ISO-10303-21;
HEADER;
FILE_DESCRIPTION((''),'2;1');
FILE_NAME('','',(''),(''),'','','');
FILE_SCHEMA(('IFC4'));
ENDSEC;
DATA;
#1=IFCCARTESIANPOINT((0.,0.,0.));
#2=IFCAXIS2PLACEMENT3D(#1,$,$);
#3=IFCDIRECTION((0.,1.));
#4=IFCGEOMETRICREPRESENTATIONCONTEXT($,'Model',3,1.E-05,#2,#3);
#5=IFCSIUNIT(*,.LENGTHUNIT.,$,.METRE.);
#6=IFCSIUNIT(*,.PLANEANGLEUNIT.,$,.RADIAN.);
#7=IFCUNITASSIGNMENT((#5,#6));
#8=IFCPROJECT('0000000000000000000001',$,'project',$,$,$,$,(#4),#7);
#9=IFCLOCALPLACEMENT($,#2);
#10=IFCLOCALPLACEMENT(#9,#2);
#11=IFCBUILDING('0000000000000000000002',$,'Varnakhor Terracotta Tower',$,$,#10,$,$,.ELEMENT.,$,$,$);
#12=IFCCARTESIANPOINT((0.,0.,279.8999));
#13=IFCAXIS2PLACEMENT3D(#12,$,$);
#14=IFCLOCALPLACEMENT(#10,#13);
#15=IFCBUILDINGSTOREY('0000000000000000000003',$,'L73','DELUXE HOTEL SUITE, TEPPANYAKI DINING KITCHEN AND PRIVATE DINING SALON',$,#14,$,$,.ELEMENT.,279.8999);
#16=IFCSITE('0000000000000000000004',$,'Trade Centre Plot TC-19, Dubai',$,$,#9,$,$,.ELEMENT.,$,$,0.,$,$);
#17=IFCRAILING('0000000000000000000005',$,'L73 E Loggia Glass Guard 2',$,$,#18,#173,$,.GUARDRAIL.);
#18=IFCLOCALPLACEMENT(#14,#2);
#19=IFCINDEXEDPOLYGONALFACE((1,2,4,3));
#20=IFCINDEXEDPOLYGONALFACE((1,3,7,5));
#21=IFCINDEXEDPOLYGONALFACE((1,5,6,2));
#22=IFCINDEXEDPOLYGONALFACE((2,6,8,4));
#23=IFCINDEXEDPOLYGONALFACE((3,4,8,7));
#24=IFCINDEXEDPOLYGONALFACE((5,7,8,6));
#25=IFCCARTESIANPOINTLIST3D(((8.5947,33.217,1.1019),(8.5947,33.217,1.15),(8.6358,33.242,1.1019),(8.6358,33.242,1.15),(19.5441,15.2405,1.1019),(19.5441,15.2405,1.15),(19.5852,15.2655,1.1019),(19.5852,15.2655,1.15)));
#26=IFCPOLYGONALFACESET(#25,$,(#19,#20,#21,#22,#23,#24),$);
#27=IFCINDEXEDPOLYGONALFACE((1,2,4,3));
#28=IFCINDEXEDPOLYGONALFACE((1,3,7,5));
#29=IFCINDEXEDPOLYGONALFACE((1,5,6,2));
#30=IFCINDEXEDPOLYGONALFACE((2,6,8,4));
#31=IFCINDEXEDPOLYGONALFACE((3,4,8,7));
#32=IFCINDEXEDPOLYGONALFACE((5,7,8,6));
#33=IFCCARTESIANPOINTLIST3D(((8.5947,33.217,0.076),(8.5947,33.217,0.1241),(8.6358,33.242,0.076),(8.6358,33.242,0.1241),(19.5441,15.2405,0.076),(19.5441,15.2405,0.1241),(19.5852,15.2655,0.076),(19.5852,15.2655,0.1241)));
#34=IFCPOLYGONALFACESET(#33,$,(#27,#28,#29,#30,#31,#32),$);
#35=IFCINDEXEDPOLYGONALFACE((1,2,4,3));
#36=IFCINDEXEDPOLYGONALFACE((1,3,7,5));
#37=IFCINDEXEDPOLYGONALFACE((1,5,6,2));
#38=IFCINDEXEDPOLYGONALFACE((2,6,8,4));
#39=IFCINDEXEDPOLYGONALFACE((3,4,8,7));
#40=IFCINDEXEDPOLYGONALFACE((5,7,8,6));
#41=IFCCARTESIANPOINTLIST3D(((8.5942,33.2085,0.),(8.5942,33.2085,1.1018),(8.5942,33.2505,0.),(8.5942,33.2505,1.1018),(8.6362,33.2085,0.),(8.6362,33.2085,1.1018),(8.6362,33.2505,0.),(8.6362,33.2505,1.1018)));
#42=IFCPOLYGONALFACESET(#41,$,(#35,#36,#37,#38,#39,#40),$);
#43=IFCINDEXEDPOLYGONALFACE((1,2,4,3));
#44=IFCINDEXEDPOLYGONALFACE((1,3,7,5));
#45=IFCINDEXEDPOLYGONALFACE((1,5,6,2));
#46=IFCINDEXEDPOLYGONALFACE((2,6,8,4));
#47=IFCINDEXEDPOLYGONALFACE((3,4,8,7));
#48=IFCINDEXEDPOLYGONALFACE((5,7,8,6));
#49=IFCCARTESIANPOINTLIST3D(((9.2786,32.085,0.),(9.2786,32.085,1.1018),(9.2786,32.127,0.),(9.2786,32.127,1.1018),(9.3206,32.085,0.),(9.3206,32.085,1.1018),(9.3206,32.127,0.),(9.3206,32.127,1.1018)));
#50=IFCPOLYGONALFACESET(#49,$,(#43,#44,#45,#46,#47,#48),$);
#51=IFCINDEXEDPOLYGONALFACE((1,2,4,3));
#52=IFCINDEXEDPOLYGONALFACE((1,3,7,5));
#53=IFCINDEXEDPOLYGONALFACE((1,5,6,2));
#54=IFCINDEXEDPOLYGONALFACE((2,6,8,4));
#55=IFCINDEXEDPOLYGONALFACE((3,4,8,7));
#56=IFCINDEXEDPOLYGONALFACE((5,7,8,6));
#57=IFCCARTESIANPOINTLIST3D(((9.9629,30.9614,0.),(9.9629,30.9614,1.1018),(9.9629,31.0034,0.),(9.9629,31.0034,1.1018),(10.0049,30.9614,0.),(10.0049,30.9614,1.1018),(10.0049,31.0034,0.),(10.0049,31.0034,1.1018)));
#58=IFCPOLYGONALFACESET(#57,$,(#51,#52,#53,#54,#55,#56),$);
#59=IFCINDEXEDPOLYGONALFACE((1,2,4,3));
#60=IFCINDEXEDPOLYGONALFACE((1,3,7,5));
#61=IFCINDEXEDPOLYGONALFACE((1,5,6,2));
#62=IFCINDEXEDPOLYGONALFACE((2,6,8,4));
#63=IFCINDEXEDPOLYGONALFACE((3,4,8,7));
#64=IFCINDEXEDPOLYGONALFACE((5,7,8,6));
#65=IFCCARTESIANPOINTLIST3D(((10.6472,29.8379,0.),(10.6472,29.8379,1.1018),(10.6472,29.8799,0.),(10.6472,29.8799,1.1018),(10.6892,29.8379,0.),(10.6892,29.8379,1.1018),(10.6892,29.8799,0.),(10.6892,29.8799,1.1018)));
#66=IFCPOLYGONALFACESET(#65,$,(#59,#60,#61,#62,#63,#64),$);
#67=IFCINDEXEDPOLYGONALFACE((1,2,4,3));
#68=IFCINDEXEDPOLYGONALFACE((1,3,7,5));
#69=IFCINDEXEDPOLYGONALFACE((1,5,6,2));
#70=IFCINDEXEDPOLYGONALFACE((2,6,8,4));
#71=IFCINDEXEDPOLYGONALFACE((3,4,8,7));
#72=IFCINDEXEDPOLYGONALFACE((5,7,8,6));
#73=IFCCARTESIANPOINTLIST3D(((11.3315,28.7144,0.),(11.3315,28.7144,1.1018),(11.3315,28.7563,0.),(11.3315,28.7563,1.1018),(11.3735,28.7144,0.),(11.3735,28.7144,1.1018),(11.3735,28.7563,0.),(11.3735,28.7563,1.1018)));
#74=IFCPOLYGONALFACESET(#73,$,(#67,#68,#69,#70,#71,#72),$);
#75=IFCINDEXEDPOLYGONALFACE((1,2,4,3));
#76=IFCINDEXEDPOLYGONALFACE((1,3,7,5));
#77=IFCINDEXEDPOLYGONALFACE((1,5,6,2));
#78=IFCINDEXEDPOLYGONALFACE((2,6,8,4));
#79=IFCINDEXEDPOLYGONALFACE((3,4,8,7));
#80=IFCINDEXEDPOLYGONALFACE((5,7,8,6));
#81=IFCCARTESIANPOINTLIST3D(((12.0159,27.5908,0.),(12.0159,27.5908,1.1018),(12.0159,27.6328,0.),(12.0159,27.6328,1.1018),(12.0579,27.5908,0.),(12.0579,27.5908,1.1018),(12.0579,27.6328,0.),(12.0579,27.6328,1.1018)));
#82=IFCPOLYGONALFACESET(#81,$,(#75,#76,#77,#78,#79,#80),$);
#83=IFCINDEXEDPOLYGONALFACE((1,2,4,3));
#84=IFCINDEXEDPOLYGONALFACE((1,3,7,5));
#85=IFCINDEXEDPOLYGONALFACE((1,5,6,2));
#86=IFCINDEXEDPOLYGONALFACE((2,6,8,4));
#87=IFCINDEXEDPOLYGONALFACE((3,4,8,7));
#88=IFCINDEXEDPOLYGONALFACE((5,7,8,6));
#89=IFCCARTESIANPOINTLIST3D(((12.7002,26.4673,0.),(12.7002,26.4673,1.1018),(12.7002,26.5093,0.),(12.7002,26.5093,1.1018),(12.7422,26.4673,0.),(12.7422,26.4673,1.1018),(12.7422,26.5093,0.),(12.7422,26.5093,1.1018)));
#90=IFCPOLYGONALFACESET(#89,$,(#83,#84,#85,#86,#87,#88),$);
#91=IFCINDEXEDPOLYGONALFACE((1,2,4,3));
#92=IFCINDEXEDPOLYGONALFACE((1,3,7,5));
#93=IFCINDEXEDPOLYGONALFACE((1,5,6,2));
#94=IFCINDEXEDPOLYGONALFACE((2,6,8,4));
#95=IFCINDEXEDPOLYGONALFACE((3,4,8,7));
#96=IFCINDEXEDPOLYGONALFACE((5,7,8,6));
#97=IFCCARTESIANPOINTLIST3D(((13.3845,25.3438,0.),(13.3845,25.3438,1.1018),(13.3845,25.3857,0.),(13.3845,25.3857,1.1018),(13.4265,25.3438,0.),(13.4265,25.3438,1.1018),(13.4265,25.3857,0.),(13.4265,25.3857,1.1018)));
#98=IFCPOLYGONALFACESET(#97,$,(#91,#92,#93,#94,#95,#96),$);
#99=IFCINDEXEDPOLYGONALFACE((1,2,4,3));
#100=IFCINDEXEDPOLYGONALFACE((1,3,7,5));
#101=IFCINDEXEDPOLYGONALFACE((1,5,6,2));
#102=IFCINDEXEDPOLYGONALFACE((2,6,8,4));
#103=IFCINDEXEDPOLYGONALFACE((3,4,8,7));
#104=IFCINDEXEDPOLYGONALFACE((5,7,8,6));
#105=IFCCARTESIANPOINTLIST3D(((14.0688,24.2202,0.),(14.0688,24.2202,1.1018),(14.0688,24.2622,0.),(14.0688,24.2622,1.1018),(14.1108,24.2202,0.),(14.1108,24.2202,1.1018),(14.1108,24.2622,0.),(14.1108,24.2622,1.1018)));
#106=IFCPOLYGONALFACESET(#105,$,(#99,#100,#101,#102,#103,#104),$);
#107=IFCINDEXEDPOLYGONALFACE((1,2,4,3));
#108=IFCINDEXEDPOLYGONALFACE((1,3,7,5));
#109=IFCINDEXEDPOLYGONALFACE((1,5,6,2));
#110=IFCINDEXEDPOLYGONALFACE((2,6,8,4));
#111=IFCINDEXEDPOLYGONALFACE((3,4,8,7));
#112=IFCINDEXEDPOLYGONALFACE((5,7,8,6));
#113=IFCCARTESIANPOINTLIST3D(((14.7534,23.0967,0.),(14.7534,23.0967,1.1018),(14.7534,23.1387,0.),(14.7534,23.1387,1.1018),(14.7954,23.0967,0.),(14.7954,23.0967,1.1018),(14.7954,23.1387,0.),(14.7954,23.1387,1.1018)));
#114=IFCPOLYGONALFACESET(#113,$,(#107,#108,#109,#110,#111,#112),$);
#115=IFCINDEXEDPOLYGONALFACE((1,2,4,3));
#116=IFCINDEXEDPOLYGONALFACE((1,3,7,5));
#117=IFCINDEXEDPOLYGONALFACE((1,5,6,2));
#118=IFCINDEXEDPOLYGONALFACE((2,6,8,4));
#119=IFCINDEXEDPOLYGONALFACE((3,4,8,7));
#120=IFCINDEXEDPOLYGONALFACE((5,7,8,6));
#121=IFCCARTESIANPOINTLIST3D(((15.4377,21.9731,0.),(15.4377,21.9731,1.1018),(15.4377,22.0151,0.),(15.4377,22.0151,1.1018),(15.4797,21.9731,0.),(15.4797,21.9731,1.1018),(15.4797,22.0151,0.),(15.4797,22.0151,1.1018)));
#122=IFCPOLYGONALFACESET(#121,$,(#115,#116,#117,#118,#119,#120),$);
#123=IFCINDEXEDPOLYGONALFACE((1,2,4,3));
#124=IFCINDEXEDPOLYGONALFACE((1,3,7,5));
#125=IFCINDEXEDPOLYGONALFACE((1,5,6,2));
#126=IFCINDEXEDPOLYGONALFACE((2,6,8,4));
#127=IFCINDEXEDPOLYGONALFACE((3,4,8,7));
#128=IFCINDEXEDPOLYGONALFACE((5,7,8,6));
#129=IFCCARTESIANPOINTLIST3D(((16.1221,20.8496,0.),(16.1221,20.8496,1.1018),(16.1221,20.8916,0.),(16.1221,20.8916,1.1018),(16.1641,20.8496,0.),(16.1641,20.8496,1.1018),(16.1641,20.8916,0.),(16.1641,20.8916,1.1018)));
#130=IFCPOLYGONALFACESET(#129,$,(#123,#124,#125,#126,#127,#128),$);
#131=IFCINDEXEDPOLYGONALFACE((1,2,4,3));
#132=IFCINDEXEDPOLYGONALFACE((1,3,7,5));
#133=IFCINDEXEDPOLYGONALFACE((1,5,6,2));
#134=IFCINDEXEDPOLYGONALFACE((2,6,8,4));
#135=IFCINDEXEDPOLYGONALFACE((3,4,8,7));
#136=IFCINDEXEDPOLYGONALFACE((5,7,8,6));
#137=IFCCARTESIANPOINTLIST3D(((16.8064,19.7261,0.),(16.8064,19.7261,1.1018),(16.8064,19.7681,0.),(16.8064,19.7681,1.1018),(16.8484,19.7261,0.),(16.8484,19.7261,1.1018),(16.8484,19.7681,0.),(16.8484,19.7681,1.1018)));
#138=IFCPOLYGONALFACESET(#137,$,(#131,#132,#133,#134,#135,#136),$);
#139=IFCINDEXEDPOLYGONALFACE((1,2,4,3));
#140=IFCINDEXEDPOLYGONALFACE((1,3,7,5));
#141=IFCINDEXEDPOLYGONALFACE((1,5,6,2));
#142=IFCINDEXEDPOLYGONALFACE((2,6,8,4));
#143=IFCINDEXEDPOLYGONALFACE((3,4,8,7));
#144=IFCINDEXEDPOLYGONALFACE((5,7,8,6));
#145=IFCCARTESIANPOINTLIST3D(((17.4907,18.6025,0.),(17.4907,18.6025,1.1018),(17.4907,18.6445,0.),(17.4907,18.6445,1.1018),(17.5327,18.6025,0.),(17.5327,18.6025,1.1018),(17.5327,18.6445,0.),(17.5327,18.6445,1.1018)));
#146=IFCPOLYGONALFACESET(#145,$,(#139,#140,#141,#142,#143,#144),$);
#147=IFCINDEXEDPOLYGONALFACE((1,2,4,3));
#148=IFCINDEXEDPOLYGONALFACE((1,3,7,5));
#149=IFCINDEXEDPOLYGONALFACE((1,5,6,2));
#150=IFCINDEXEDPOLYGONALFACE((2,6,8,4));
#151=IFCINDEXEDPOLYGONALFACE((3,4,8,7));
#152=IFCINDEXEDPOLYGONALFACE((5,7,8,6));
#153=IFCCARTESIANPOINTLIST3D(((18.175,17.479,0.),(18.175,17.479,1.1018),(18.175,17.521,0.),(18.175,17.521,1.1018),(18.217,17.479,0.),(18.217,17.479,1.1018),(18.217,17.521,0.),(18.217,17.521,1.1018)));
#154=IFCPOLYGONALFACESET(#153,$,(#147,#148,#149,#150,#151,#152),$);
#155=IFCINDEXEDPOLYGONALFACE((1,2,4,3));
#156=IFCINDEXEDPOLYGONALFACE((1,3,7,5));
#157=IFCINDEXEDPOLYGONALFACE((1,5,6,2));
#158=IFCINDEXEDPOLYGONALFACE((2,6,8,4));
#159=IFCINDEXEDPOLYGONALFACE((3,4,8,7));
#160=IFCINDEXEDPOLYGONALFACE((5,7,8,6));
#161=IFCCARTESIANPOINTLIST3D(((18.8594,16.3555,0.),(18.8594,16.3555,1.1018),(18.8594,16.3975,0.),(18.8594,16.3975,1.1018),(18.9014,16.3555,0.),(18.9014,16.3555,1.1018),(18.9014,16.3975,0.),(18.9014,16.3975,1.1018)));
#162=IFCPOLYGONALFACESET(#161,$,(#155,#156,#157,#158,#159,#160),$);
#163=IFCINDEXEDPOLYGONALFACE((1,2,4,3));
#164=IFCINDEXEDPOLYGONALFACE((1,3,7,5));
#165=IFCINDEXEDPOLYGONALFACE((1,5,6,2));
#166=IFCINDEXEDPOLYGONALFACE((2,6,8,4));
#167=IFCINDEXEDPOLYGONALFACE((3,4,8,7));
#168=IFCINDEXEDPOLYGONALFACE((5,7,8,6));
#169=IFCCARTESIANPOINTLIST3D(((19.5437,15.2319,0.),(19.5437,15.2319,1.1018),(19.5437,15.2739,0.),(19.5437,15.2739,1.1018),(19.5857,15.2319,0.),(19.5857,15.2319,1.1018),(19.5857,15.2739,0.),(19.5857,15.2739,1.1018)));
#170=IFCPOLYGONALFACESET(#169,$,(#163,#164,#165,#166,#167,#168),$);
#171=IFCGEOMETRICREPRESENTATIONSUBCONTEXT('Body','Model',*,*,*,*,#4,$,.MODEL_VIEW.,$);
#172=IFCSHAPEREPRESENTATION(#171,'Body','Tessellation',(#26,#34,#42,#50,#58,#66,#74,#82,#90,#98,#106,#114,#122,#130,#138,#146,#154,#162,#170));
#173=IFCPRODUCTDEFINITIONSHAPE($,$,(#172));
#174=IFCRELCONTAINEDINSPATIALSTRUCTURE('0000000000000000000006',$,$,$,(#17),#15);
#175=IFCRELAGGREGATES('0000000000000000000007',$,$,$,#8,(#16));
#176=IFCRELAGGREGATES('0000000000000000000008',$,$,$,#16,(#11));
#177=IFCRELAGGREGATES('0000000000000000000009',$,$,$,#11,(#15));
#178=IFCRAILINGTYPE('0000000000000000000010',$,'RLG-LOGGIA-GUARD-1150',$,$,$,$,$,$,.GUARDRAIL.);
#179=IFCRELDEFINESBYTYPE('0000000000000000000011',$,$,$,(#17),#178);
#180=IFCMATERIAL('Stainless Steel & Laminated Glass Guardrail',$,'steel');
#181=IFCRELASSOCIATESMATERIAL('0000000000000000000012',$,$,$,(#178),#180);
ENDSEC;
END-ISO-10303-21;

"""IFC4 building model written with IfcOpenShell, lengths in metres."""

from ifc_helpers import new_model, si_unit, direction, frame, origin, origin_2d, place, context, subcontext, project, spatial, rectangle, extrude, material, type_object, element, save


model = new_model("IFC4")

# Units and contexts
model_context = context("Model", 3, precision=1e-05, world=origin(), true_north=direction((0.0, 1.0)))
body_context = subcontext(model_context, "Body", "Model", "MODEL_VIEW")
ifc_project = project(units=[si_unit("LENGTHUNIT", "METRE"), si_unit("PLANEANGLEUNIT", "RADIAN")], contexts=[model_context])

# Site, building, storey
site_placement = place(None, origin())
site = spatial("IfcSite", under=ifc_project, at=site_placement, Name="Trade Centre Plot TC-19, Dubai", CompositionType="ELEMENT", RefElevation=0.0)
building_placement = place(site_placement, origin())
building = spatial("IfcBuilding", under=site, at=building_placement, Name="Varnakhor Terracotta Tower", CompositionType="ELEMENT")
storey_placement = place(building_placement, frame((0.0, 0.0, 279.8999)))
storey = spatial("IfcBuildingStorey", under=building, at=storey_placement, Name="L73", Description="DELUXE HOTEL SUITE, TEPPANYAKI DINING KITCHEN AND PRIVATE DINING SALON", CompositionType="ELEMENT", Elevation=279.8999)

# Railing
ifc_material_1 = material(Name="Stainless Steel & Laminated Glass Guardrail", Category="steel")
railing_type = type_object("IfcRailingType", Name="RLG-LOGGIA-GUARD-1150", PredefinedType="GUARDRAIL", material=ifc_material_1)
railing_1_placement = place(storey_placement, frame((8.6152, 33.2295, 0.0)))
element("IfcRailing", 1, at=railing_1_placement, inside=storey, type_object=railing_type, Name="L73 E Loggia Glass Guard 2", PredefinedType="GUARDRAIL", context=body_context, shape_type="SweptSolid", body=[
    extrude(rectangle(XDim=0.0481, YDim=0.0481, at=origin_2d()), frame((0.0, 0.0, 1.126), z_axis=(0.520197, -0.854046, 0.0), x_axis=(0.854046, 0.520197, 0.0)), (0.0, 0.0, 1.0), 21.0486),
    extrude(rectangle(XDim=0.0481, YDim=0.0481, at=origin_2d()), frame((0.0, 0.0, 0.1001), z_axis=(0.520197, -0.854046, 0.0), x_axis=(0.854046, 0.520197, 0.0)), (0.0, 0.0, 1.0), 21.0486),
    extrude(rectangle(XDim=0.042, YDim=0.042, at=origin_2d()), origin(), (0.0, 0.0, 1.0), 1.1018),
    extrude(rectangle(XDim=0.042, YDim=0.042, at=origin_2d()), frame((0.6843, -1.1235, 0.0)), (0.0, 0.0, 1.0), 1.1018),
    extrude(rectangle(XDim=0.042, YDim=0.042, at=origin_2d()), frame((1.3687, -2.2471, 0.0)), (0.0, 0.0, 1.0), 1.1018),
    extrude(rectangle(XDim=0.042, YDim=0.042, at=origin_2d()), frame((2.053, -3.3706, 0.0)), (0.0, 0.0, 1.0), 1.1018),
    extrude(rectangle(XDim=0.042, YDim=0.042, at=origin_2d()), frame((2.7373, -4.4941, 0.0)), (0.0, 0.0, 1.0), 1.1018),
    extrude(rectangle(XDim=0.042, YDim=0.042, at=origin_2d()), frame((3.4216, -5.6177, 0.0)), (0.0, 0.0, 1.0), 1.1018),
    extrude(rectangle(XDim=0.042, YDim=0.042, at=origin_2d()), frame((4.106, -6.7412, 0.0)), (0.0, 0.0, 1.0), 1.1018),
    extrude(rectangle(XDim=0.042, YDim=0.042, at=origin_2d()), frame((4.7903, -7.8647, 0.0)), (0.0, 0.0, 1.0), 1.1018),
    extrude(rectangle(XDim=0.042, YDim=0.042, at=origin_2d()), frame((5.4746, -8.9883, 0.0)), (0.0, 0.0, 1.0), 1.1018),
    extrude(rectangle(XDim=0.042, YDim=0.042, at=origin_2d()), frame((6.1592, -10.1118, 0.0)), (0.0, 0.0, 1.0), 1.1018),
    extrude(rectangle(XDim=0.042, YDim=0.042, at=origin_2d()), frame((6.8435, -11.2354, 0.0)), (0.0, 0.0, 1.0), 1.1018),
    extrude(rectangle(XDim=0.042, YDim=0.042, at=origin_2d()), frame((7.5278, -12.3589, 0.0)), (0.0, 0.0, 1.0), 1.1018),
    extrude(rectangle(XDim=0.042, YDim=0.042, at=origin_2d()), frame((8.2122, -13.4824, 0.0)), (0.0, 0.0, 1.0), 1.1018),
    extrude(rectangle(XDim=0.042, YDim=0.042, at=origin_2d()), frame((8.8965, -14.606, 0.0)), (0.0, 0.0, 1.0), 1.1018),
    extrude(rectangle(XDim=0.042, YDim=0.042, at=origin_2d()), frame((9.5808, -15.7295, 0.0)), (0.0, 0.0, 1.0), 1.1018),
    extrude(rectangle(XDim=0.042, YDim=0.042, at=origin_2d()), frame((10.2651, -16.853, 0.0)), (0.0, 0.0, 1.0), 1.1018),
    extrude(rectangle(XDim=0.042, YDim=0.042, at=origin_2d()), frame((10.9495, -17.9766, 0.0)), (0.0, 0.0, 1.0), 1.1018),
])

save(model, "model.ifc")
